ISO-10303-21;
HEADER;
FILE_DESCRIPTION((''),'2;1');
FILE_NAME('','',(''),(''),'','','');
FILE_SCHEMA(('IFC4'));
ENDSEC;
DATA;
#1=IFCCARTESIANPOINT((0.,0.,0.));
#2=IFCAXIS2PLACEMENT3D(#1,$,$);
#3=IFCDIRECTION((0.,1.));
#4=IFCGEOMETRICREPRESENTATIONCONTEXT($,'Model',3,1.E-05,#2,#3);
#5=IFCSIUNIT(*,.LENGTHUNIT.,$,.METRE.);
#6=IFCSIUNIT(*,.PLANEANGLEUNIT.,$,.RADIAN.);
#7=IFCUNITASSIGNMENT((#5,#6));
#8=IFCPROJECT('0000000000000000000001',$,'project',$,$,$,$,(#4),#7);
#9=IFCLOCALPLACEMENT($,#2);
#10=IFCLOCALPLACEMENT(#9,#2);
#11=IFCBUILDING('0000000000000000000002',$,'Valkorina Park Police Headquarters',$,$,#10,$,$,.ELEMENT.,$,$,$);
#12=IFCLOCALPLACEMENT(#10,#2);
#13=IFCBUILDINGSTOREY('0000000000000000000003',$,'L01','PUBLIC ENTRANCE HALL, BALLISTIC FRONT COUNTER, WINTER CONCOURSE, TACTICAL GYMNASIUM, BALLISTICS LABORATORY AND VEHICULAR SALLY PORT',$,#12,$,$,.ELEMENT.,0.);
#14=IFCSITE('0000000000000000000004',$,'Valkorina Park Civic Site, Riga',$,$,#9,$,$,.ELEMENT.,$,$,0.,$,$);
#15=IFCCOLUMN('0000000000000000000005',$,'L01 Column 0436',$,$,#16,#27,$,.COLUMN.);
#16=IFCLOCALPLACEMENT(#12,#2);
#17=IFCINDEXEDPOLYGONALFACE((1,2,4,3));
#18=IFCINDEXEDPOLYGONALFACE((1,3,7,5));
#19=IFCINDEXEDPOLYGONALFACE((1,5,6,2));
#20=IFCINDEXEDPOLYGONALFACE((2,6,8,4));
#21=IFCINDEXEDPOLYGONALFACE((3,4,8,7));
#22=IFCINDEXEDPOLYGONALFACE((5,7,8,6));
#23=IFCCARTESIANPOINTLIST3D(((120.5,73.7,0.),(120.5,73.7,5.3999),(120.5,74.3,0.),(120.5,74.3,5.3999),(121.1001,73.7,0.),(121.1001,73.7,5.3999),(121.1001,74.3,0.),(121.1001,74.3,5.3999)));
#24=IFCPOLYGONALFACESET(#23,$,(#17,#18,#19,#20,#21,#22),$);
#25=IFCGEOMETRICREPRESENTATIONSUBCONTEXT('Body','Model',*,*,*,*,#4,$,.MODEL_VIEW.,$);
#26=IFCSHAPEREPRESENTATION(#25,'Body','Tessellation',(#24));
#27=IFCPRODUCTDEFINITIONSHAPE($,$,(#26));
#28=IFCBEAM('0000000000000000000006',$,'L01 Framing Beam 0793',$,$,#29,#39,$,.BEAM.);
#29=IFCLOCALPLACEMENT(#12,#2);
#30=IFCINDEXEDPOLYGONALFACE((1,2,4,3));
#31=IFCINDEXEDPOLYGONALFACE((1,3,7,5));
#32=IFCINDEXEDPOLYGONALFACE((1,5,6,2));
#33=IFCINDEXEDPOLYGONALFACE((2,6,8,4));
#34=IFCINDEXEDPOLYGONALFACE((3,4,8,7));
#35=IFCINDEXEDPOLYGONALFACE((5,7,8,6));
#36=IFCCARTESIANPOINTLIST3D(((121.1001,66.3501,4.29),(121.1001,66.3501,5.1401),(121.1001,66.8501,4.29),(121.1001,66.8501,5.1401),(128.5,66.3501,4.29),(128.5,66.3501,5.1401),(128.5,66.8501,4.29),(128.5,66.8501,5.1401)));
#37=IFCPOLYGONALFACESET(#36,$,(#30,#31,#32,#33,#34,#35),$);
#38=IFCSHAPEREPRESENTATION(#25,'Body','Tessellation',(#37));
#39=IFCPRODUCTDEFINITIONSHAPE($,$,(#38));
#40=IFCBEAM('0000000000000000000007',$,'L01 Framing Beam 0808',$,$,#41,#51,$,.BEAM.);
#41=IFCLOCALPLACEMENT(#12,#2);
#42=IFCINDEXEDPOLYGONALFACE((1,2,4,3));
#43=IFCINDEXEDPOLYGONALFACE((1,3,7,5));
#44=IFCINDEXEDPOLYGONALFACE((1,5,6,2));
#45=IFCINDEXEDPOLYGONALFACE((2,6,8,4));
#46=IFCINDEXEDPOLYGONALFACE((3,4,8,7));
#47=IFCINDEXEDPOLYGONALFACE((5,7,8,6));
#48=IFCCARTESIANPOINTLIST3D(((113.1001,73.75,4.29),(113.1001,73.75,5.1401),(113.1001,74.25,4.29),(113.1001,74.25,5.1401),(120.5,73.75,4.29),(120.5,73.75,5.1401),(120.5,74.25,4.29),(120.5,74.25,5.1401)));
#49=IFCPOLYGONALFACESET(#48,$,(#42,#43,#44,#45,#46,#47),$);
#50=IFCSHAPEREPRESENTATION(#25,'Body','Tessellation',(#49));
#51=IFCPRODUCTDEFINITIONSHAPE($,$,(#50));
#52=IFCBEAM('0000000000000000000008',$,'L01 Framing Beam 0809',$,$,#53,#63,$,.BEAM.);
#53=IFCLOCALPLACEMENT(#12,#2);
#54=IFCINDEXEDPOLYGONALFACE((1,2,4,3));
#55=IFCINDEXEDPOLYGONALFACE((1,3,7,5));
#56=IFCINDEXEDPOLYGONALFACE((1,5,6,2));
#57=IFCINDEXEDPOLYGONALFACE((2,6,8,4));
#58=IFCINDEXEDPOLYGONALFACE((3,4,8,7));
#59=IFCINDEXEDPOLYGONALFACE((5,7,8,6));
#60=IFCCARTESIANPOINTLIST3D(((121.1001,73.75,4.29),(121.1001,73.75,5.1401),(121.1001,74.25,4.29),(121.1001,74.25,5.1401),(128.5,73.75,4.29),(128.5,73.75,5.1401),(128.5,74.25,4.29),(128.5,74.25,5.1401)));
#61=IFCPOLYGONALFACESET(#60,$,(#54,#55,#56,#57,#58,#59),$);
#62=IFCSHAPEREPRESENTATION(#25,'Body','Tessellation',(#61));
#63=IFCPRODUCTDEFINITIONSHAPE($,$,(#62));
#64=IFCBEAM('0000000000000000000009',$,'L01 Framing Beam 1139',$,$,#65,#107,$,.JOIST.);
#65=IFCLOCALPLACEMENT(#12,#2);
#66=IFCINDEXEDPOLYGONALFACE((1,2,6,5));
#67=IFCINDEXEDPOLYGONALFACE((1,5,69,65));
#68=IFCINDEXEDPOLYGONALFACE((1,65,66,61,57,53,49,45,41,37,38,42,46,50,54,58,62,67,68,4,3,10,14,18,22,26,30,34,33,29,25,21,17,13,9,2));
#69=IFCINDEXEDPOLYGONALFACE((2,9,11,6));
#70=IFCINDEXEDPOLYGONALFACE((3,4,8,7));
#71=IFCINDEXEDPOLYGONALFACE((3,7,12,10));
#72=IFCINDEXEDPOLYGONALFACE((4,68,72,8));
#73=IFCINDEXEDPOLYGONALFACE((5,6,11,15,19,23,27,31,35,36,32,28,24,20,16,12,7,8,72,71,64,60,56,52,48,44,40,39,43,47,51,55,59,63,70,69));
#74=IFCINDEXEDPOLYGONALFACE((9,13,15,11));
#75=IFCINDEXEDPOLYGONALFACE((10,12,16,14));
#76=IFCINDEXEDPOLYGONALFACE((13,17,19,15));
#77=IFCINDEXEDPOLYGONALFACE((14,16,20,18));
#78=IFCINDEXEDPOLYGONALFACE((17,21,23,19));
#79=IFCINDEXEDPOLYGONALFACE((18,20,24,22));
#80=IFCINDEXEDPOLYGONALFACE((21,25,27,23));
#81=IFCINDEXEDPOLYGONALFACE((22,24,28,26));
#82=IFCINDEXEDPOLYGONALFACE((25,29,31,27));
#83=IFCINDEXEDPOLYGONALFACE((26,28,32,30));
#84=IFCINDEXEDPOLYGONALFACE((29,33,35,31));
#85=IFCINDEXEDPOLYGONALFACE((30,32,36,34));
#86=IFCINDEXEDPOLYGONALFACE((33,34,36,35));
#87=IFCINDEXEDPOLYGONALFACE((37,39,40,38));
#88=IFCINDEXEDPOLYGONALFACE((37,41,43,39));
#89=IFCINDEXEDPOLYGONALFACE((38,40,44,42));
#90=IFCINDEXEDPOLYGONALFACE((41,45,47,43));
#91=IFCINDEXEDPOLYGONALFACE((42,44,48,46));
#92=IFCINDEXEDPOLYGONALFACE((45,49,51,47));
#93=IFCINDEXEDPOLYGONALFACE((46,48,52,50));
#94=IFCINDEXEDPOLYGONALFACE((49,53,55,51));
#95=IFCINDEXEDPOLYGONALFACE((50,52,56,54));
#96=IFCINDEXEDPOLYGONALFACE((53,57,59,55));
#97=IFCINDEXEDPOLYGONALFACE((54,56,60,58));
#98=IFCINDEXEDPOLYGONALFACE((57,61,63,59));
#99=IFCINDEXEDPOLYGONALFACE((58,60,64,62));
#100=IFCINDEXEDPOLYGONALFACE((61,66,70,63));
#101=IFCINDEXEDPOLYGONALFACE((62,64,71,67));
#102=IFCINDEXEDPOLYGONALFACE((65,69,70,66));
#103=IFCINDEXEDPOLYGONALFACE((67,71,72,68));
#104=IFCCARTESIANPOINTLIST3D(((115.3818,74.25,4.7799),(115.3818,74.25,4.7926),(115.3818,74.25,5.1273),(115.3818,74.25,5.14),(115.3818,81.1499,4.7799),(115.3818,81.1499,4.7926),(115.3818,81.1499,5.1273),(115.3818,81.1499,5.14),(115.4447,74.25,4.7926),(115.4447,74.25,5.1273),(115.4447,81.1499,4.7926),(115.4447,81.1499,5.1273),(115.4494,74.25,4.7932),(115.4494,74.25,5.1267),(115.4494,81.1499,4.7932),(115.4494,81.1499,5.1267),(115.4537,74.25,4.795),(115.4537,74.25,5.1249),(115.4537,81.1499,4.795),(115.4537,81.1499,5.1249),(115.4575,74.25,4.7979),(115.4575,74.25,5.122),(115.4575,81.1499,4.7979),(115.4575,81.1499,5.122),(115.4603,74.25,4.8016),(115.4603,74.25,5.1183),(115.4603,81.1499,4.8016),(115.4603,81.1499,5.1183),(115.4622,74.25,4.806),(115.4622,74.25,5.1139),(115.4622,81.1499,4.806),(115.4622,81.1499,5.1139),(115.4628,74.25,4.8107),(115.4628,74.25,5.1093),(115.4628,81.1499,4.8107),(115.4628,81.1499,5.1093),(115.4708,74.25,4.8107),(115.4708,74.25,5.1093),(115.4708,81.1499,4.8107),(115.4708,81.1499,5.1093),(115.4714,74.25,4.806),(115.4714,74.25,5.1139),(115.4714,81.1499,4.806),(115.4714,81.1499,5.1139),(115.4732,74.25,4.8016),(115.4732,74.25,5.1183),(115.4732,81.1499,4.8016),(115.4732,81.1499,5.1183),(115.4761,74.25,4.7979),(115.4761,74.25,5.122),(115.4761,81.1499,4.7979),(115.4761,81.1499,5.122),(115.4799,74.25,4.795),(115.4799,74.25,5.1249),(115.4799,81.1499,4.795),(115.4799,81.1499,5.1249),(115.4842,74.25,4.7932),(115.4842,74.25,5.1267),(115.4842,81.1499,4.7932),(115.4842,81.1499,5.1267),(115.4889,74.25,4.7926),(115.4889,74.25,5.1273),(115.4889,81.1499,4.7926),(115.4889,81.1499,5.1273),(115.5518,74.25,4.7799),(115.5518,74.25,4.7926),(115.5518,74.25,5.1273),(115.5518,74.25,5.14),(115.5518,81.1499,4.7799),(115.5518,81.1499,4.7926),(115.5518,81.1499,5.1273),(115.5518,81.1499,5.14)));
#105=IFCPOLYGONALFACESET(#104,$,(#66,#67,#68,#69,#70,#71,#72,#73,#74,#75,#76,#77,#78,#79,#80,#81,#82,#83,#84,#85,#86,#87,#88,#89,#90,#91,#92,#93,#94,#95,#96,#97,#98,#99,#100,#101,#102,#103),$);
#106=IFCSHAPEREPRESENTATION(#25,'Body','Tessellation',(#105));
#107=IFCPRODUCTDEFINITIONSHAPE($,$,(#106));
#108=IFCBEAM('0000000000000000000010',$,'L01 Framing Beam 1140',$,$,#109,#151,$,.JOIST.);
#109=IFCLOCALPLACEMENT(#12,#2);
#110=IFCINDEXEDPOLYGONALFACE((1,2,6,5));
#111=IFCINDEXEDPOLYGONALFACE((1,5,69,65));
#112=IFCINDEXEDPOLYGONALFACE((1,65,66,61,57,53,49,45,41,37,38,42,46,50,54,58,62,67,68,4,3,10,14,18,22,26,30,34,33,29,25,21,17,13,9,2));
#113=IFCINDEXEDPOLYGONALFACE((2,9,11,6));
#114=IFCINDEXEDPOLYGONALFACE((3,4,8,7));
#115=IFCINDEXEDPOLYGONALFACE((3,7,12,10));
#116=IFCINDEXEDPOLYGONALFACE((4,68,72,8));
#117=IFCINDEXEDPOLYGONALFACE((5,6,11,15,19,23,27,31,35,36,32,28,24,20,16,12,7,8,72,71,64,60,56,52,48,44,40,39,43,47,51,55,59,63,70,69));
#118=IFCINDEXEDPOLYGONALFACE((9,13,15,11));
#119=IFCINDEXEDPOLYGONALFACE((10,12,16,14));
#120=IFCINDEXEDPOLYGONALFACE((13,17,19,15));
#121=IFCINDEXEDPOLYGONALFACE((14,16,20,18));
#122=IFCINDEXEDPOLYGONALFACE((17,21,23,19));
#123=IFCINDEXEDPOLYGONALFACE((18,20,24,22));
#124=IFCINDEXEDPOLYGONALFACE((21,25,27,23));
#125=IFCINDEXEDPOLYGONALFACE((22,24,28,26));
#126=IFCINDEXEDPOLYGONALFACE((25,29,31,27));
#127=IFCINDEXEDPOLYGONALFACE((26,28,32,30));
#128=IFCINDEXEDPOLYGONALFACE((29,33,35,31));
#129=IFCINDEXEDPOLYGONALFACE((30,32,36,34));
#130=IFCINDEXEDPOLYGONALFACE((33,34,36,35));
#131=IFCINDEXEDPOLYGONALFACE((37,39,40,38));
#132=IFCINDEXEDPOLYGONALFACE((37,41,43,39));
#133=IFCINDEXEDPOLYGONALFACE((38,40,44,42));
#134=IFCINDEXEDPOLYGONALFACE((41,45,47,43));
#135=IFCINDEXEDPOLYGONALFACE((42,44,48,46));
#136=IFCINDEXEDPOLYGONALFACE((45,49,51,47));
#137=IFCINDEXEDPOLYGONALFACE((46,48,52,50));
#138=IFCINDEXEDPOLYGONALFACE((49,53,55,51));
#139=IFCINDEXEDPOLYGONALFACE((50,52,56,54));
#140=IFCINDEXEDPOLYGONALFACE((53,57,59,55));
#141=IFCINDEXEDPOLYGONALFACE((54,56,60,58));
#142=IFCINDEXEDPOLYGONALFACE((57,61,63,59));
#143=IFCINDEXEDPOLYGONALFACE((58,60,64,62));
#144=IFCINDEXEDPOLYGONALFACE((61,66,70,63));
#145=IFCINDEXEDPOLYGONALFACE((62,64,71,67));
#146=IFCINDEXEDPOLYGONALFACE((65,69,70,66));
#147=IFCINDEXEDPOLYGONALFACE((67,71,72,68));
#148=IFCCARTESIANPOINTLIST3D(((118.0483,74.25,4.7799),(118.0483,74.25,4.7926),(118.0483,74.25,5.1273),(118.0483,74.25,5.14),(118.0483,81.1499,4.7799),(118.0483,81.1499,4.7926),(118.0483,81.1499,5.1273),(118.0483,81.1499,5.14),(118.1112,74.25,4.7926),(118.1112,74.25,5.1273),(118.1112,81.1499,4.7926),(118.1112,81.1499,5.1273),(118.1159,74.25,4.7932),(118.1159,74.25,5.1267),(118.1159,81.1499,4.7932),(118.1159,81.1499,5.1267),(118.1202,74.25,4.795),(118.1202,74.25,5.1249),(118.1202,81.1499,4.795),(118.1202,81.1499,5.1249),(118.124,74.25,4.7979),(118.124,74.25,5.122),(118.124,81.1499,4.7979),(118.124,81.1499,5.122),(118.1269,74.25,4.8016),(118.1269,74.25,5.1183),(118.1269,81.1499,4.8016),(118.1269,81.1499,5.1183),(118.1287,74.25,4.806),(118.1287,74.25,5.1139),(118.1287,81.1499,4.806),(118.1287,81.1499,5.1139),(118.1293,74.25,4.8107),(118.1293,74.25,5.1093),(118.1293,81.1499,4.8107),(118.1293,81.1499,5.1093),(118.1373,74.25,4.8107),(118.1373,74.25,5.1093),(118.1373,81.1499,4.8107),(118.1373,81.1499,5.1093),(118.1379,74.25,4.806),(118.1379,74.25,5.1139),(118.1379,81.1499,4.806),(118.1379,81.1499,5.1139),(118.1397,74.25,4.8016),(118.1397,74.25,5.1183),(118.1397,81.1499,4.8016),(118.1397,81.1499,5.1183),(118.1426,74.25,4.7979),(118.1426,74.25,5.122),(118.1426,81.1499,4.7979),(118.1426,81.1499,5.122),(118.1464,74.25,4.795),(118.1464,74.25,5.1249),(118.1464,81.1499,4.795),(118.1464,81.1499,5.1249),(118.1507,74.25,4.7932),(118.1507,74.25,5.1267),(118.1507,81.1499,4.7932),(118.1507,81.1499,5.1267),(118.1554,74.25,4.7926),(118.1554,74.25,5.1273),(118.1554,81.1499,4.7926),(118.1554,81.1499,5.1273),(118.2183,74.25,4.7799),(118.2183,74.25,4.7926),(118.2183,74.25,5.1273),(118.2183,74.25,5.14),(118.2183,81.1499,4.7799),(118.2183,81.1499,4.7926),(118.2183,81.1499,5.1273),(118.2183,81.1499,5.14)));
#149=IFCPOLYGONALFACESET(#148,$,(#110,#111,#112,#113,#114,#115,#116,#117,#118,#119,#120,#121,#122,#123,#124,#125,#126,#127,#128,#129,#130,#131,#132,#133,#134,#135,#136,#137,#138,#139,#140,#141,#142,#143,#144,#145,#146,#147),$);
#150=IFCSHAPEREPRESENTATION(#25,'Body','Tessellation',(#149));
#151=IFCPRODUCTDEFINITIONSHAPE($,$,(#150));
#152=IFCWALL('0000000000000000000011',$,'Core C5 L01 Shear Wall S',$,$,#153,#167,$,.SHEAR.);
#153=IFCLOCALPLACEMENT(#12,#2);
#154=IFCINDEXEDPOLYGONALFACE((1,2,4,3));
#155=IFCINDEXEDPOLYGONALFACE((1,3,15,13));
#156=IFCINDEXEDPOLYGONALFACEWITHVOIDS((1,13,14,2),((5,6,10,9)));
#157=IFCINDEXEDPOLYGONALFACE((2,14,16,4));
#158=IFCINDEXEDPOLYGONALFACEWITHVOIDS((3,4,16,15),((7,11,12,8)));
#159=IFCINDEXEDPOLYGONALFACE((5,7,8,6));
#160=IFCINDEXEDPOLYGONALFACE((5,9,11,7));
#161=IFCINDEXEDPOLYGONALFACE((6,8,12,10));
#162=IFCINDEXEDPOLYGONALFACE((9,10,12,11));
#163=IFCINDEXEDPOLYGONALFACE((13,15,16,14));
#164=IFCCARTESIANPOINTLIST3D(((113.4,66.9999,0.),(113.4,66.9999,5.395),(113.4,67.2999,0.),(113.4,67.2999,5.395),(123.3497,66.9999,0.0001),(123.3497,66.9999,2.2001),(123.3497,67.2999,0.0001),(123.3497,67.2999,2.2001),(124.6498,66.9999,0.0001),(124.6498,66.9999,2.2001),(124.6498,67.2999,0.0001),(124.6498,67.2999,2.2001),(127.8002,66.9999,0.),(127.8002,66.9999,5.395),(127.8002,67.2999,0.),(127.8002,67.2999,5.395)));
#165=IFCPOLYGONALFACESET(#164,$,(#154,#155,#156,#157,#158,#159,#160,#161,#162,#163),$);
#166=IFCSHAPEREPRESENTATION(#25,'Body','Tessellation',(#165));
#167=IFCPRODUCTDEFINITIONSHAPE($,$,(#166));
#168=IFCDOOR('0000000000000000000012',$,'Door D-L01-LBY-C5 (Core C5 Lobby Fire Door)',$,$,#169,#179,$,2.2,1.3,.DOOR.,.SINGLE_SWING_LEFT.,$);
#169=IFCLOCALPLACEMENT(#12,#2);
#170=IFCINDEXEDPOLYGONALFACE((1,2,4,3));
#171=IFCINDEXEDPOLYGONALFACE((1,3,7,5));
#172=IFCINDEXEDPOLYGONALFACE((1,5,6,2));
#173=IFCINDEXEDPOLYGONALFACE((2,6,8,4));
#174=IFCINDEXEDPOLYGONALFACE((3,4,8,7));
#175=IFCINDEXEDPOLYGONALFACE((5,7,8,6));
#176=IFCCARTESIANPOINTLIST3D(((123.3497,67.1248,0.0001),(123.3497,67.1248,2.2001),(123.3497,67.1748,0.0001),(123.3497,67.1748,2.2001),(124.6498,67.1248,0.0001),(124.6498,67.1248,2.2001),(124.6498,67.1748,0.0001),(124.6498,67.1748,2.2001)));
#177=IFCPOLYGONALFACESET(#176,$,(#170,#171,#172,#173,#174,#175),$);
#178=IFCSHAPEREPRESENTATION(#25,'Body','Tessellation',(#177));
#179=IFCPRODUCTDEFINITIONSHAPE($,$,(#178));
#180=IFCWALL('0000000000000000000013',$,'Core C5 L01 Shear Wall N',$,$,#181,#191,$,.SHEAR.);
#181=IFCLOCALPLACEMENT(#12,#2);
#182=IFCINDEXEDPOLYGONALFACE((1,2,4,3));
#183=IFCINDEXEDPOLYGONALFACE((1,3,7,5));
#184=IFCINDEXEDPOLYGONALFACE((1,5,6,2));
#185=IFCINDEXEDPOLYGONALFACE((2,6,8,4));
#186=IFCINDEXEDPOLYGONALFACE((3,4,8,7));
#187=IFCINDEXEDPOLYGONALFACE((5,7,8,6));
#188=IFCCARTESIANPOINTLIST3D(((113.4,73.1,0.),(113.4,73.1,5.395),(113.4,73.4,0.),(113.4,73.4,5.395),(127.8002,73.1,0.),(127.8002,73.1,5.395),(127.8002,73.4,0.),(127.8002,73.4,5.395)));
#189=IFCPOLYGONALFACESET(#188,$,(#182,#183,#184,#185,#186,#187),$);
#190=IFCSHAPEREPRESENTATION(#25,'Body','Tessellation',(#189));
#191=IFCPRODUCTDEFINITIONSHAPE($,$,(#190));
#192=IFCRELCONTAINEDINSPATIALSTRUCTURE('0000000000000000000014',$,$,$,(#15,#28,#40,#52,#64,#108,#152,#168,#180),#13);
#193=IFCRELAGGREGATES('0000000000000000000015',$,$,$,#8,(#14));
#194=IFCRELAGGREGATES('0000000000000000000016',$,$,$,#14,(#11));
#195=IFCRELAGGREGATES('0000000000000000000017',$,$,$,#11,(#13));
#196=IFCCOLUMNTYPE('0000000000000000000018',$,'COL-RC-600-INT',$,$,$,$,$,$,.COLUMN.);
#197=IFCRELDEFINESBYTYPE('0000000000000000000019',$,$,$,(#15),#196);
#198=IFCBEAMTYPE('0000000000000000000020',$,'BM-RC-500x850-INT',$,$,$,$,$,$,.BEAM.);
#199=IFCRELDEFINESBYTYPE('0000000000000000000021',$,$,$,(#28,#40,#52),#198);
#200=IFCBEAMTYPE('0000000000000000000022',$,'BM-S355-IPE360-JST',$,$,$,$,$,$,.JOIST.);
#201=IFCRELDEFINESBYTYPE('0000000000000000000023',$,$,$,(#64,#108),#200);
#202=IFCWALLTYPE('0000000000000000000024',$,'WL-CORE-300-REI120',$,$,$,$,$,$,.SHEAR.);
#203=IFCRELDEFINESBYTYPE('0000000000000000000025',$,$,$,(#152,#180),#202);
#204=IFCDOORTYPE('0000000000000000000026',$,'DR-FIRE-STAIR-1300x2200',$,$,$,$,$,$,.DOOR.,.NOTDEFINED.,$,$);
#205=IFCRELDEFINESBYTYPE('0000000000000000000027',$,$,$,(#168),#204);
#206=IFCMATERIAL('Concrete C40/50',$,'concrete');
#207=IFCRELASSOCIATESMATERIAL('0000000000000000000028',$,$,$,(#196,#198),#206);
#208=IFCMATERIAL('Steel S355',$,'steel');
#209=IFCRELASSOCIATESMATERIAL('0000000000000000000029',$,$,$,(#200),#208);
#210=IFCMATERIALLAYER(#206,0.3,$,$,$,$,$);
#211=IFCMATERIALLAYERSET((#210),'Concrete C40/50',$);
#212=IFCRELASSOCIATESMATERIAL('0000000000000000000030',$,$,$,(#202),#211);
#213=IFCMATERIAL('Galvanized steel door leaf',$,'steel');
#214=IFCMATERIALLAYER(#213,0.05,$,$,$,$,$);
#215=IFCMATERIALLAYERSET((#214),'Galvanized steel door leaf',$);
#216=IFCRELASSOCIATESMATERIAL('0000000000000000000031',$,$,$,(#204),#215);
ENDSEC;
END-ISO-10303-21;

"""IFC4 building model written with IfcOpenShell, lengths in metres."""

from ifc_helpers import new_model, si_unit, direction, frame, frame_2d, origin, origin_2d, place, context, subcontext, project, spatial, rectangle, i_section, extrude, material, layer, layer_set, material_profile, profile_set, type_object, element, fill, save


model = new_model("IFC4")

# Units and contexts
model_context = context("Model", 3, precision=1e-05, world=origin(), true_north=direction((0.0, 1.0)))
body_context = subcontext(model_context, "Body", "Model", "MODEL_VIEW")
ifc_project = project(units=[si_unit("LENGTHUNIT", "METRE"), si_unit("PLANEANGLEUNIT", "RADIAN")], contexts=[model_context])

# Site, building, storey
site_placement = place(None, origin())
site = spatial("IfcSite", under=ifc_project, at=site_placement, Name="Valkorina Park Civic Site, Riga", CompositionType="ELEMENT", RefElevation=0.0)
building_placement = place(site_placement, origin())
building = spatial("IfcBuilding", under=site, at=building_placement, Name="Valkorina Park Police Headquarters", CompositionType="ELEMENT")
storey_placement = place(building_placement, origin())
storey = spatial("IfcBuildingStorey", under=building, at=storey_placement, Name="L01", Description="PUBLIC ENTRANCE HALL, BALLISTIC FRONT COUNTER, WINTER CONCOURSE, TACTICAL GYMNASIUM, BALLISTICS LABORATORY AND VEHICULAR SALLY PORT", CompositionType="ELEMENT", Elevation=0.0)

# Column
ifc_material_1 = material(Name="Concrete C40/50", Category="concrete")
ifc_material_profile_1 = material_profile(ifc_material_1, rectangle(XDim=0.6001, YDim=0.6001, at=origin_2d()), Name="RC COL 600x600")
ifc_profile_set_1 = profile_set([ifc_material_profile_1], Name="Concrete C40/50")
column_type = type_object("IfcColumnType", Name="COL-RC-600-INT", PredefinedType="COLUMN", material=ifc_profile_set_1)
column_placement = place(storey_placement, frame((120.8, 74.0, 0.0), z_axis=(0.0, 0.0, 1.0), x_axis=(1.0, 0.0, 0.0)))
element("IfcColumn", 1, at=column_placement, inside=storey, type_object=column_type, Name="L01 Column 0436", PredefinedType="COLUMN", context=body_context, shape_type="SweptSolid", body=[
    extrude(rectangle(XDim=0.6001, YDim=0.6001, at=origin_2d()), origin(), (0.0, 0.0, 1.0), 5.3999),
])

# Beams
ifc_material_profile_2 = material_profile(ifc_material_1, rectangle(XDim=0.5, YDim=0.8501, at=origin_2d()), Name="RC BEAM 500x850")
ifc_profile_set_2 = profile_set([ifc_material_profile_2], Name="Concrete C40/50")
beam_type_1 = type_object("IfcBeamType", Name="BM-RC-500x850-INT", PredefinedType="BEAM", material=ifc_profile_set_2)
for number, where, z_axis, x_axis, name in (
    (2, (121.1001, 66.6001, 4.7151), (1.0, 0.0, 0.0), (0.0, 1.0, 0.0), "L01 Framing Beam 0793"),
    (3, (113.1001, 74.0, 4.7151), (1.0, 0.0, 0.0), (0.0, 1.0, 0.0), "L01 Framing Beam 0808"),
    (4, (121.1001, 74.0, 4.7151), (1.0, 0.0, 0.0), (0.0, 1.0, 0.0), "L01 Framing Beam 0809"),
):
    element("IfcBeam", number, at=place(storey_placement, frame(where, z_axis=z_axis, x_axis=x_axis)), inside=storey, type_object=beam_type_1, Name=name, PredefinedType="BEAM", context=body_context, shape_type="SweptSolid", body=[
        extrude(rectangle(XDim=0.5, YDim=0.8501, at=origin_2d()), origin(), (0.0, 0.0, 1.0), 7.3999),
    ])
ifc_material_2 = material(Name="Steel S355", Category="steel")
ifc_material_profile_3 = material_profile(ifc_material_2, i_section(OverallWidth=0.1699, OverallDepth=0.3601, WebThickness=0.0081, FlangeThickness=0.0127, FilletRadius=0.0181, at=origin_2d()), Name="IPE 360")
ifc_profile_set_3 = profile_set([ifc_material_profile_3], Name="Steel S355")
beam_type_2 = type_object("IfcBeamType", Name="BM-S355-IPE360-JST", PredefinedType="JOIST", material=ifc_profile_set_3)
for number, where, z_axis, x_axis, name in (
    (5, (115.4668, 74.25, 4.96), (0.0, 1.0, 0.0), (-1.0, 0.0, 0.0), "L01 Framing Beam 1139"),
    (6, (118.1333, 74.25, 4.96), (0.0, 1.0, 0.0), (-1.0, 0.0, 0.0), "L01 Framing Beam 1140"),
):
    element("IfcBeam", number, at=place(storey_placement, frame(where, z_axis=z_axis, x_axis=x_axis)), inside=storey, type_object=beam_type_2, Name=name, PredefinedType="JOIST", context=body_context, shape_type="SweptSolid", body=[
        extrude(i_section(OverallWidth=0.1699, OverallDepth=0.3601, WebThickness=0.0081, FlangeThickness=0.0127, FilletRadius=0.0181, at=origin_2d()), origin(), (0.0, 0.0, 1.0), 6.8999),
    ])

# Wall, opening, door
ifc_layer_1 = layer(ifc_material_1, 0.3)
ifc_layer_set_1 = layer_set([ifc_layer_1], Name="Concrete C40/50")
wall_type_1 = type_object("IfcWallType", Name="WL-CORE-300-REI120", PredefinedType="SHEAR", material=ifc_layer_set_1)
wall_1_placement = place(storey_placement, frame((113.3999, 67.1499, 0.0), z_axis=(0.0, 0.0, 1.0), x_axis=(1.0, 0.0, 0.0)))
wall_1 = element("IfcWall", 7, at=wall_1_placement, inside=storey, type_object=wall_type_1, Name="Core C5 L01 Shear Wall S", PredefinedType="SHEAR", context=body_context, shape_type="SweptSolid", body=[
    extrude(rectangle(XDim=14.4001, YDim=0.3, at=frame_2d((7.2002, 0.0))), origin(), (0.0, 0.0, 1.0), 5.395),
])
opening_1_placement = place(wall_1_placement, frame((9.95, 0.0, 0.0)))
opening_1 = element("IfcOpeningElement", 8, at=opening_1_placement, cuts=wall_1, PredefinedType="OPENING", context=body_context, shape_type="SweptSolid", body=[
    extrude(rectangle(XDim=1.3, YDim=2.2, at=frame_2d((0.6499, 1.1001))), frame((0.0, 0.1602, 0.0), z_axis=(0.0, -1.0, 0.0), x_axis=(1.0, 0.0, 0.0)), (0.0, 0.0, 1.0), 0.3201),
])
ifc_material_3 = material(Name="Galvanized steel door leaf", Category="steel")
ifc_layer_2 = layer(ifc_material_3, 0.05)
ifc_layer_set_2 = layer_set([ifc_layer_2], Name="Galvanized steel door leaf")
door_type = type_object("IfcDoorType", Name="DR-FIRE-STAIR-1300x2200", OperationType="NOTDEFINED", PredefinedType="DOOR", material=ifc_layer_set_2)
door_1_placement = place(opening_1_placement, origin())
door_1 = element("IfcDoor", 9, at=door_1_placement, inside=storey, type_object=door_type, Name="Door D-L01-LBY-C5 (Core C5 Lobby Fire Door)", OperationType="SINGLE_SWING_LEFT", OverallHeight=2.2, OverallWidth=1.3, PredefinedType="DOOR", context=body_context, shape_type="SweptSolid", body=[
    extrude(rectangle(XDim=1.3, YDim=2.2, at=frame_2d((0.6499, 1.1001))), frame((0.0, 0.0249, 0.0), z_axis=(0.0, -1.0, 0.0), x_axis=(1.0, 0.0, 0.0)), (0.0, 0.0, 1.0), 0.05),
])
fill(opening_1, door_1)

# Wall
wall_2_placement = place(storey_placement, frame((113.3999, 73.25, 0.0), z_axis=(0.0, 0.0, 1.0), x_axis=(1.0, 0.0, 0.0)))
element("IfcWall", 10, at=wall_2_placement, inside=storey, type_object=wall_type_1, Name="Core C5 L01 Shear Wall N", PredefinedType="SHEAR", context=body_context, shape_type="SweptSolid", body=[
    extrude(rectangle(XDim=14.4001, YDim=0.3, at=frame_2d((7.2002, 0.0))), origin(), (0.0, 0.0, 1.0), 5.395),
])

save(model, "model.ifc")
